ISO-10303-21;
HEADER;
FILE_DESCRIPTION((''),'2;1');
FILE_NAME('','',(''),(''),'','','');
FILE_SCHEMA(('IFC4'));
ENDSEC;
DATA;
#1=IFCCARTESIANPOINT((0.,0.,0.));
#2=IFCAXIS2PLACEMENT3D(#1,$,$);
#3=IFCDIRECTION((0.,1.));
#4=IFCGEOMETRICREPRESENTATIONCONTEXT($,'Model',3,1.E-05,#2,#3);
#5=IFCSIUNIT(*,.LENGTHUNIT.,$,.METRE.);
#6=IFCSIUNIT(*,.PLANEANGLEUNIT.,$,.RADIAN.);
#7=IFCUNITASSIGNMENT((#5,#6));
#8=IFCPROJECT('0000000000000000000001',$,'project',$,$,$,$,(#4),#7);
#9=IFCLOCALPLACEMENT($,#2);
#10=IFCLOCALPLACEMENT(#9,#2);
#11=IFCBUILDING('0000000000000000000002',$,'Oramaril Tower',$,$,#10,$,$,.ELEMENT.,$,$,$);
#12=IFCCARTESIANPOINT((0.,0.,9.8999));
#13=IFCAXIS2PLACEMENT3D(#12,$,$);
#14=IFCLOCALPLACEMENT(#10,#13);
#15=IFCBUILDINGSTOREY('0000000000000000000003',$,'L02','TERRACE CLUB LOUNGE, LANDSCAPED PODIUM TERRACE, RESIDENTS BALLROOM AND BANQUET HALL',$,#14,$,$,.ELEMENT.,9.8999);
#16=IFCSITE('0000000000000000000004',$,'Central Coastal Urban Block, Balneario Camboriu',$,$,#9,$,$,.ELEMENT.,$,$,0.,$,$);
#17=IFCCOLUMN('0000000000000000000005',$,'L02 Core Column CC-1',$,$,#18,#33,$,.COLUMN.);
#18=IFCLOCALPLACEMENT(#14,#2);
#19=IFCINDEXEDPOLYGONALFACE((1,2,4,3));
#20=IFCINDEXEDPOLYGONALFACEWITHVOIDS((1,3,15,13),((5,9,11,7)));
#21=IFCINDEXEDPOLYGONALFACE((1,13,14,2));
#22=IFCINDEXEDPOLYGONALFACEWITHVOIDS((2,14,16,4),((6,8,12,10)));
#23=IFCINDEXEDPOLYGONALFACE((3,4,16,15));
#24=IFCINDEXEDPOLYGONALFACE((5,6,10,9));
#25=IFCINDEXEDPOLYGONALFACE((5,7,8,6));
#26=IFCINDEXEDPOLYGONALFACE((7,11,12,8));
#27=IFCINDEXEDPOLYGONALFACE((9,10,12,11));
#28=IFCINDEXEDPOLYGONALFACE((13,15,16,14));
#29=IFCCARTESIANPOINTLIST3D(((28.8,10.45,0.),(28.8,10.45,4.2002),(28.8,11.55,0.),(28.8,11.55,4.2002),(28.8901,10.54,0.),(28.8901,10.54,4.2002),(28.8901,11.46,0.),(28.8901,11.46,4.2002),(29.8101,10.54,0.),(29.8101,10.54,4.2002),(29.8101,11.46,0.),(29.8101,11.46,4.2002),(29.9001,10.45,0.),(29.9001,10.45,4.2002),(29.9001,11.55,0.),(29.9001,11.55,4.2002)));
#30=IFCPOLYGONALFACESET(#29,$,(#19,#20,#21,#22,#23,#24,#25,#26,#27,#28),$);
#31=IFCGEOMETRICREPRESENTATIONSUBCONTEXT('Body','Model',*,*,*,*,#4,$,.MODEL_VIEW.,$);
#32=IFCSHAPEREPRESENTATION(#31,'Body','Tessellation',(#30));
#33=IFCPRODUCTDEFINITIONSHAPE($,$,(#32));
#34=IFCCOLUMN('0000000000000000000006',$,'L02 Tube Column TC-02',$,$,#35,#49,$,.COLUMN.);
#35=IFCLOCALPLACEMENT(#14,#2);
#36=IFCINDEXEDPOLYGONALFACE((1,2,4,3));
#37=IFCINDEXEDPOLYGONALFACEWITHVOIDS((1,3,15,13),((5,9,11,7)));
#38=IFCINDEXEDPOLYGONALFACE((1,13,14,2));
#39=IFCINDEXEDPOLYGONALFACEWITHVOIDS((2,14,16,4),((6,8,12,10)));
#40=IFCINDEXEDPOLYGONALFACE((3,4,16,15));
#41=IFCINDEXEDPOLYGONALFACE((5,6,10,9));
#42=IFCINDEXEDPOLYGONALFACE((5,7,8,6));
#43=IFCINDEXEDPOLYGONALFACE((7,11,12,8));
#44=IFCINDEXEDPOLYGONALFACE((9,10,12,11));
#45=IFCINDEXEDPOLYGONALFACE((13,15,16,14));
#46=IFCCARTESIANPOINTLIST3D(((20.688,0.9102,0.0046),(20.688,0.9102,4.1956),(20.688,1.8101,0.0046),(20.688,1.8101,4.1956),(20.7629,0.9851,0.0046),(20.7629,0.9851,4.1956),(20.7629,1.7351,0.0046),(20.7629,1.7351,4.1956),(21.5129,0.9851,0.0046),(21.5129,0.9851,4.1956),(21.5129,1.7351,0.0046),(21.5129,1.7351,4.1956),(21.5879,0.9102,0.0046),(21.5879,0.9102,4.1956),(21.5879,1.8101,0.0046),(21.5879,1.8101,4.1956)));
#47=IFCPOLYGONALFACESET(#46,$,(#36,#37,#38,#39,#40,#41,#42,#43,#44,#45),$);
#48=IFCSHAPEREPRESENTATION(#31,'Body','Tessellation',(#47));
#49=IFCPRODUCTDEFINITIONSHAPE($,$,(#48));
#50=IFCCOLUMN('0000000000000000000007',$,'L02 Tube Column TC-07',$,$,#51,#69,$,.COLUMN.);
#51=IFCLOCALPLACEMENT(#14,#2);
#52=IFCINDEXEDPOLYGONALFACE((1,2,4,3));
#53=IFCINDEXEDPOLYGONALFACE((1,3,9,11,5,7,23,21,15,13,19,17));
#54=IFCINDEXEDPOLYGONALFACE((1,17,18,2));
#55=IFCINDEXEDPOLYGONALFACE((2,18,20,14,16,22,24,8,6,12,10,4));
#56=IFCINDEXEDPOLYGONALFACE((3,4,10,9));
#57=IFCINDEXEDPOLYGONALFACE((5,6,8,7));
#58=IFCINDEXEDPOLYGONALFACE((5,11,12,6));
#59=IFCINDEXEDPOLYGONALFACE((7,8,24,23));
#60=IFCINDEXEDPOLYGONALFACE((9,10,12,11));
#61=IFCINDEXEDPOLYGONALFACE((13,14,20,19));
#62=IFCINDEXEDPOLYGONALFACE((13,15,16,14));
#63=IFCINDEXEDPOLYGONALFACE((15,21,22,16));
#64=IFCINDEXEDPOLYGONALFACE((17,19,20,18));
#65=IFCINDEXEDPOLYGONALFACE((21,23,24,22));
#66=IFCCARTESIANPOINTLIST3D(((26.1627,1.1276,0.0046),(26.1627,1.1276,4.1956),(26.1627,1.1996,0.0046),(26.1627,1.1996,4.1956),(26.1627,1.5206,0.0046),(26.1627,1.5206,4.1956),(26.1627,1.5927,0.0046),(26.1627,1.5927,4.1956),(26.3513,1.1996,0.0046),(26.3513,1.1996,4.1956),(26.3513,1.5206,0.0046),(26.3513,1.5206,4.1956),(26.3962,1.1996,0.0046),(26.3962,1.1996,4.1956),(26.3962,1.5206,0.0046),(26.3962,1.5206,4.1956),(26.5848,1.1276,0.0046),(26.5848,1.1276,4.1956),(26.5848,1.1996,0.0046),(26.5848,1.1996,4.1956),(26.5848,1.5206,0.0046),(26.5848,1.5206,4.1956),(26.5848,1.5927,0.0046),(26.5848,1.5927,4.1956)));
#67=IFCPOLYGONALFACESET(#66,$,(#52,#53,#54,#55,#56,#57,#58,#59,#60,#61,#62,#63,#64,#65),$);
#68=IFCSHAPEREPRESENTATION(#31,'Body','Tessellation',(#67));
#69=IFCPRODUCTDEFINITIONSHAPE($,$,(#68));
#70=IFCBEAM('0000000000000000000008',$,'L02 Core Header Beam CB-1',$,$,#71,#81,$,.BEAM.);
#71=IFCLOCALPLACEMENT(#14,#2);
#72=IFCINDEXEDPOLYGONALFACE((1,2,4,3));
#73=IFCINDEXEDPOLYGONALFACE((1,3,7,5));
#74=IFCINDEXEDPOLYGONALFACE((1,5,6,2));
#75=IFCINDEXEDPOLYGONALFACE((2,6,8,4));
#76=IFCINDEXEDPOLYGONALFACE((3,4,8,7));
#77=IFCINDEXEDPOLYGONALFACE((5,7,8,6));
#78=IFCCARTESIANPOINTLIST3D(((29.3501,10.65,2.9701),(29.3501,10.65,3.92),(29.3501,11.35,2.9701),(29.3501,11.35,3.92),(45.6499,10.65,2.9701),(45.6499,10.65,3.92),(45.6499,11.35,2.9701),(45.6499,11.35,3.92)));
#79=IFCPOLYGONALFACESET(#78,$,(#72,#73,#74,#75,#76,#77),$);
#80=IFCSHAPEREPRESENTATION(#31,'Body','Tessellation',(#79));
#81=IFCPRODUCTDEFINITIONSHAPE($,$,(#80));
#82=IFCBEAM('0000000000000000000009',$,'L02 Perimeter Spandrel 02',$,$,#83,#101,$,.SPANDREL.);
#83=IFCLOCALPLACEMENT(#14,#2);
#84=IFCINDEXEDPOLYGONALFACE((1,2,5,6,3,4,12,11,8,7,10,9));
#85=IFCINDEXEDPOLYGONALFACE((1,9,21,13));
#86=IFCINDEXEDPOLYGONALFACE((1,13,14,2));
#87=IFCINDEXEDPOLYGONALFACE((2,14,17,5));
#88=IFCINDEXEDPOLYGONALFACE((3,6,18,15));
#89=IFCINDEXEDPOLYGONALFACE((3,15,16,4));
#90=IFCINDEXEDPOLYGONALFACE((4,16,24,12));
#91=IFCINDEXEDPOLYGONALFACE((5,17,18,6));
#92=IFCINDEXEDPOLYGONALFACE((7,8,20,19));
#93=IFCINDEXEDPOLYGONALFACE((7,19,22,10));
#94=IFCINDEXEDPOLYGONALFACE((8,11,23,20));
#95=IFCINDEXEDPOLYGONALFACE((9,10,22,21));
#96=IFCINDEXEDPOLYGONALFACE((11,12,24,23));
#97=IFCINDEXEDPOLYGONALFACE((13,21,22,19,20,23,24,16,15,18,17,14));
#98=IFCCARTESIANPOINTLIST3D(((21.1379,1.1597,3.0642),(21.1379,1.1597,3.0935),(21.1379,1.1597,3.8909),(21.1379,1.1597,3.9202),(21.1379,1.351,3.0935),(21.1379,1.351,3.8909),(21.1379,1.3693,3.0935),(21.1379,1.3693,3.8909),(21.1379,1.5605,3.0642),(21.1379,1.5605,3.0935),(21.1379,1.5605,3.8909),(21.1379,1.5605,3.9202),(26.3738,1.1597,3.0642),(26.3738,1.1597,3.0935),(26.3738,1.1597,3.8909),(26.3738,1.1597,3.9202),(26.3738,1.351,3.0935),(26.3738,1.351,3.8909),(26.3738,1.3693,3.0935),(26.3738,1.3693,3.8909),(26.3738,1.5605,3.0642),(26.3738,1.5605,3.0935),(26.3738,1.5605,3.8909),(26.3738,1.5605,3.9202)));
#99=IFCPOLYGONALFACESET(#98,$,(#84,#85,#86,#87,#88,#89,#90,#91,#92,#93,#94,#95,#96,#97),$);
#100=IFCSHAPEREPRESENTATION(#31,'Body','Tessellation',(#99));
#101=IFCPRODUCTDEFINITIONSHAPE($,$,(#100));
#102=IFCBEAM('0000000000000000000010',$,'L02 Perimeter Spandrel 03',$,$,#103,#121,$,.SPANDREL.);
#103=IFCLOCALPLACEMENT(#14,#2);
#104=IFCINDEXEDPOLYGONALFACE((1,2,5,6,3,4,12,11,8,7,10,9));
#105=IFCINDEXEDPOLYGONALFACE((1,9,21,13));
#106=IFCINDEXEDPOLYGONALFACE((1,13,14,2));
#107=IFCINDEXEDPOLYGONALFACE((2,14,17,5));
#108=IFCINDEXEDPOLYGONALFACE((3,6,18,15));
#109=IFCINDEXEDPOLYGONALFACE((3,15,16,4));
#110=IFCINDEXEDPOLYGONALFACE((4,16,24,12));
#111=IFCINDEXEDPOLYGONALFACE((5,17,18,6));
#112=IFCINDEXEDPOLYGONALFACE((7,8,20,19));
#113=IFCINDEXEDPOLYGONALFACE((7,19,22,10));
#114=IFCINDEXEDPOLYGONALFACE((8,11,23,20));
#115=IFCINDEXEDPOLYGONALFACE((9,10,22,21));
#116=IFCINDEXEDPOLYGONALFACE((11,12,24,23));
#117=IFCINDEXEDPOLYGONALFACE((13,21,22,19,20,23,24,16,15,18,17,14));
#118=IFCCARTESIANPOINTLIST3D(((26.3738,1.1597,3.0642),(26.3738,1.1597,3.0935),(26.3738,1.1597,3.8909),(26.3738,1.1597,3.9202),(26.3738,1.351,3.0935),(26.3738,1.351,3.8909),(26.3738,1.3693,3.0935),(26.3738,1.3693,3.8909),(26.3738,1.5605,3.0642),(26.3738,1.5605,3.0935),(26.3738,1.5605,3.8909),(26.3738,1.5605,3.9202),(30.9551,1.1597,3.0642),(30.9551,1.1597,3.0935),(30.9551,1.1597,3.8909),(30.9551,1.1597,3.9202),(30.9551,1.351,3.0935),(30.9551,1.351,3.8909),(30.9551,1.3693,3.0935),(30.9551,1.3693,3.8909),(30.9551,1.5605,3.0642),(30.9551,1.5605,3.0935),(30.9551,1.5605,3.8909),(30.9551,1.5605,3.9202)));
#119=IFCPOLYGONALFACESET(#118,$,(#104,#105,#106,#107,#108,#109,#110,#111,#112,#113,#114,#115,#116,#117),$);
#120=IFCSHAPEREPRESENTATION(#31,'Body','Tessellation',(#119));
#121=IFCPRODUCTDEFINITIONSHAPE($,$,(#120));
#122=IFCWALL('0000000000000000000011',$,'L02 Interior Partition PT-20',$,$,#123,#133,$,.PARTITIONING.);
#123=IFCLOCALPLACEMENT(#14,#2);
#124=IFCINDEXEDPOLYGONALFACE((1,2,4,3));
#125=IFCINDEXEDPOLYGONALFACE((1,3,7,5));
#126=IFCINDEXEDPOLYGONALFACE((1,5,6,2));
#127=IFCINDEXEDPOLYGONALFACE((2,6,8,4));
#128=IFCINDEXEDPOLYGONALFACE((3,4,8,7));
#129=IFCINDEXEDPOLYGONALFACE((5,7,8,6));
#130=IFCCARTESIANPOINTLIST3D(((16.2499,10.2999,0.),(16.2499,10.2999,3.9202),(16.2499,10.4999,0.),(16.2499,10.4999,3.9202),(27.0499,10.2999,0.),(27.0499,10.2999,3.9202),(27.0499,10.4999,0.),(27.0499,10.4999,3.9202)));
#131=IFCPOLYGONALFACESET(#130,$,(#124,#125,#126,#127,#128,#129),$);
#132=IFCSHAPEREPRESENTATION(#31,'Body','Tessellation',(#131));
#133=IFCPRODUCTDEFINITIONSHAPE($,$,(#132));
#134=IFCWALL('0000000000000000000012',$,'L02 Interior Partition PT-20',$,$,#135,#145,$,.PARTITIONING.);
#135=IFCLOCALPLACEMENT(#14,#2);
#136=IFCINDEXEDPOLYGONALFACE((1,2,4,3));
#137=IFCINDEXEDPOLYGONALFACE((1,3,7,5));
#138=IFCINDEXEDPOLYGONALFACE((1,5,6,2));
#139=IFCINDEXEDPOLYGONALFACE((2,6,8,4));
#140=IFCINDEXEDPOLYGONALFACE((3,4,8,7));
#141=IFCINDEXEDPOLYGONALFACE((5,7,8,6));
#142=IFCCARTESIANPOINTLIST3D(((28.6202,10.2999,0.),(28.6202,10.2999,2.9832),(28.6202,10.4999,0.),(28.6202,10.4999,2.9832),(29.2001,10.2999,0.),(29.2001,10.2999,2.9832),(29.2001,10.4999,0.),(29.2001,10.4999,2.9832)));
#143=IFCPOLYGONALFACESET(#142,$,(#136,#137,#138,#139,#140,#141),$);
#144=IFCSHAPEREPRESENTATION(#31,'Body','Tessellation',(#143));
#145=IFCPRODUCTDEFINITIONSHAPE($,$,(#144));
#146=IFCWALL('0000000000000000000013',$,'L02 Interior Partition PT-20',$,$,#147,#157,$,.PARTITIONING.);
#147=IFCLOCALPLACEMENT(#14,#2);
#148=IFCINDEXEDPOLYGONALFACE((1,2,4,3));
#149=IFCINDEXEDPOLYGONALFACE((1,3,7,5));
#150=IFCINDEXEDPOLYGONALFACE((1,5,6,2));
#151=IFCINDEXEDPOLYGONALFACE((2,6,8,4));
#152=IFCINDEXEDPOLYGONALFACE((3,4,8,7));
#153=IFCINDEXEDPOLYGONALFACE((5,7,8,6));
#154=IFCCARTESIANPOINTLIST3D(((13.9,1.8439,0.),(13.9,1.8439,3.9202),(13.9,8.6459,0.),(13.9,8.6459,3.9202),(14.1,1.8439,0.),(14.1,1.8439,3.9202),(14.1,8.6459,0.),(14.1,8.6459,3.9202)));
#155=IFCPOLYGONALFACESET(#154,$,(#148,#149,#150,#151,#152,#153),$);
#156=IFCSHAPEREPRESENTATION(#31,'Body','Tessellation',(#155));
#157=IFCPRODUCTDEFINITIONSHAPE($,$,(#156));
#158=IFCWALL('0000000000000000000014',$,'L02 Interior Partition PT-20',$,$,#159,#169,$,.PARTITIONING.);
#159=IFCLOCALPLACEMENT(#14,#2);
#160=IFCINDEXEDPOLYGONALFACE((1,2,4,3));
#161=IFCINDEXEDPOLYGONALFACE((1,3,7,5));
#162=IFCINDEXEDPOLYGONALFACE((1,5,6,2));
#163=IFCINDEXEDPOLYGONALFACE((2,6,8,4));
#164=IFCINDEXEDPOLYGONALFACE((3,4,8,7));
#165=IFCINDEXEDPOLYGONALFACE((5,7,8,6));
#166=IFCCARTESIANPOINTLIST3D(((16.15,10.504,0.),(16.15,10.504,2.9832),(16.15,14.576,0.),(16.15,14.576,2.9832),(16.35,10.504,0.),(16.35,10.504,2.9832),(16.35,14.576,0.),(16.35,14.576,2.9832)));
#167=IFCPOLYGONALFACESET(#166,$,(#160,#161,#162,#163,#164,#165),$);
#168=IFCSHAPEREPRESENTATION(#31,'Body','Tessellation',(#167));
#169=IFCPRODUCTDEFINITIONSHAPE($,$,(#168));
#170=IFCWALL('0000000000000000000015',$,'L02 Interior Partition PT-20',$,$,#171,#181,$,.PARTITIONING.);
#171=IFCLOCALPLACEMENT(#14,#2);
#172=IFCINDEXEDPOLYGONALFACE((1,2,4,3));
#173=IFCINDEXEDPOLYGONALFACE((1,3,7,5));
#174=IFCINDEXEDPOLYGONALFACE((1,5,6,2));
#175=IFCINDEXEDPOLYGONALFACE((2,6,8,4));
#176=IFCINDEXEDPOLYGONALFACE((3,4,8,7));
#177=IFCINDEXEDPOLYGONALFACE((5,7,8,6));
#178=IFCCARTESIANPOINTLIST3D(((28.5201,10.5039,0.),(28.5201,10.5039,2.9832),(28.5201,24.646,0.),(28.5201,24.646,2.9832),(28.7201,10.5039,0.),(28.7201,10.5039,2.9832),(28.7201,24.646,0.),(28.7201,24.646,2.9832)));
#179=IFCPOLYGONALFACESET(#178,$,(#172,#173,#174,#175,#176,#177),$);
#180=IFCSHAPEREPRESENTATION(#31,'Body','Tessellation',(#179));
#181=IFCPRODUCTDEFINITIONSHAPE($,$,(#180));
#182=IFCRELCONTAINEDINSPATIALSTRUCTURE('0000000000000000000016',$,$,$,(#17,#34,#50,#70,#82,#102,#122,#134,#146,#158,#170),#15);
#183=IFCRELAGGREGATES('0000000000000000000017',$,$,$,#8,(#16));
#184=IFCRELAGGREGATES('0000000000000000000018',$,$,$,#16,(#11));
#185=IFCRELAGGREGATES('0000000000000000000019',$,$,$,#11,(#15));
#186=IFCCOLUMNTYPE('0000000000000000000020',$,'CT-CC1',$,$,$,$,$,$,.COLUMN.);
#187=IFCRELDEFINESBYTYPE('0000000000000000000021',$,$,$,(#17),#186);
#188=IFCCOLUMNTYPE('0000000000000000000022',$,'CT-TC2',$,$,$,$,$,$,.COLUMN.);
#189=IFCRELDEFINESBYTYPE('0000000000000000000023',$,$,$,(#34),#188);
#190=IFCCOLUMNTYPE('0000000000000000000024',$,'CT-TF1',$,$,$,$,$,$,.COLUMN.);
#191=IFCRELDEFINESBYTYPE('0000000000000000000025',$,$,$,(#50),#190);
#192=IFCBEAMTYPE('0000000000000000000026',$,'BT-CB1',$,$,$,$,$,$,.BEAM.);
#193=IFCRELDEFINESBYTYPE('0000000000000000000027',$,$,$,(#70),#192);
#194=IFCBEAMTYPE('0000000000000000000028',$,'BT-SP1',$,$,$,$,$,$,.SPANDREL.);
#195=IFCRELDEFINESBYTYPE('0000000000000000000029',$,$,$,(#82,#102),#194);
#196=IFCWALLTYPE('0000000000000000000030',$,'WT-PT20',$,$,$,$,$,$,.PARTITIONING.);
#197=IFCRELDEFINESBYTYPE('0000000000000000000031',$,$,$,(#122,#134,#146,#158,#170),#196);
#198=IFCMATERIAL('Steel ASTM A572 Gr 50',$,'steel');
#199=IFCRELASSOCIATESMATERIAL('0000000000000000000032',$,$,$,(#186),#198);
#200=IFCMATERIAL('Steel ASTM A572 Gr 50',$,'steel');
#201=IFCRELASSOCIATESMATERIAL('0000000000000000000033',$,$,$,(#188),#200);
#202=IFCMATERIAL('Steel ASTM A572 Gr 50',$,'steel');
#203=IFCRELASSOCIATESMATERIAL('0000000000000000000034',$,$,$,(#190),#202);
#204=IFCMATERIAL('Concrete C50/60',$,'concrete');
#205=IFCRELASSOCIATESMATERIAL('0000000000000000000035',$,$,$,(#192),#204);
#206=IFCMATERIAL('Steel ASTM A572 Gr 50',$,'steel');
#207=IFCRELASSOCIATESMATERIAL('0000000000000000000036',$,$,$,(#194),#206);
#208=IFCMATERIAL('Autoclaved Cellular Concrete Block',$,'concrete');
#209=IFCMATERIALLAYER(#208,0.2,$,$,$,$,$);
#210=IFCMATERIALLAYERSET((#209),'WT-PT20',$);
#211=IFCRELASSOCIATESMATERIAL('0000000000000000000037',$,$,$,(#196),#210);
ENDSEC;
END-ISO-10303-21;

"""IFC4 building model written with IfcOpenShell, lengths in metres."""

from ifc_helpers import new_model, si_unit, direction, frame, frame_2d, origin, origin_2d, place, context, subcontext, project, spatial, rectangle, hollow_rectangle, i_section, extrude, material, layer, layer_set, material_profile, profile_set, type_object, element, save


model = new_model("IFC4")

# Units and contexts
model_context = context("Model", 3, precision=1e-05, world=origin(), true_north=direction((0.0, 1.0)))
body_context = subcontext(model_context, "Body", "Model", "MODEL_VIEW")
ifc_project = project(units=[si_unit("LENGTHUNIT", "METRE"), si_unit("PLANEANGLEUNIT", "RADIAN")], contexts=[model_context])

# Site, building, storey
site_placement = place(None, origin())
site = spatial("IfcSite", under=ifc_project, at=site_placement, Name="Central Coastal Urban Block, Balneario Camboriu", CompositionType="ELEMENT", RefElevation=0.0)
building_placement = place(site_placement, origin())
building = spatial("IfcBuilding", under=site, at=building_placement, Name="Oramaril Tower", CompositionType="ELEMENT")
storey_placement = place(building_placement, frame((0.0, 0.0, 9.8999)))
storey = spatial("IfcBuildingStorey", under=building, at=storey_placement, Name="L02", Description="TERRACE CLUB LOUNGE, LANDSCAPED PODIUM TERRACE, RESIDENTS BALLROOM AND BANQUET HALL", CompositionType="ELEMENT", Elevation=9.8999)

# Columns
ifc_material_1 = material(Name="Steel ASTM A572 Gr 50", Category="steel")
ifc_material_profile_1 = material_profile(ifc_material_1, hollow_rectangle(XDim=1.1001, YDim=1.1001, WallThickness=0.0901, at=origin_2d()), Name="BOX1100X1100X90")
ifc_profile_set_1 = profile_set([ifc_material_profile_1], Name="Steel ASTM A572 Gr 50")
column_type_1 = type_object("IfcColumnType", Name="CT-CC1", PredefinedType="COLUMN", material=ifc_profile_set_1)
column_1_placement = place(storey_placement, frame((29.3501, 11.0, 0.0), z_axis=(0.0, 0.0, 1.0), x_axis=(1.0, 0.0, 0.0)))
element("IfcColumn", 1, at=column_1_placement, inside=storey, type_object=column_type_1, Name="L02 Core Column CC-1", PredefinedType="COLUMN", context=body_context, shape_type="SweptSolid", body=[
    extrude(hollow_rectangle(XDim=1.1001, YDim=1.1001, WallThickness=0.0901, at=origin_2d()), origin(), (0.0, 0.0, 1.0), 4.2002),
])
ifc_material_2 = material(Name="Steel ASTM A572 Gr 50", Category="steel")
ifc_material_profile_2 = material_profile(ifc_material_2, hollow_rectangle(XDim=0.8999, YDim=0.8999, WallThickness=0.075, at=origin_2d()), Name="BOX900X900X75")
ifc_profile_set_2 = profile_set([ifc_material_profile_2], Name="Steel ASTM A572 Gr 50")
column_type_2 = type_object("IfcColumnType", Name="CT-TC2", PredefinedType="COLUMN", material=ifc_profile_set_2)
column_2_placement = place(storey_placement, frame((21.1379, 1.3601, 0.0046), z_axis=(0.0, 0.0, 1.0), x_axis=(1.0, 0.0, 0.0)))
element("IfcColumn", 2, at=column_2_placement, inside=storey, type_object=column_type_2, Name="L02 Tube Column TC-02", PredefinedType="COLUMN", context=body_context, shape_type="SweptSolid", body=[
    extrude(hollow_rectangle(XDim=0.8999, YDim=0.8999, WallThickness=0.075, at=origin_2d()), origin(), (0.0, 0.0, 1.0), 4.1909),
])
ifc_material_3 = material(Name="Steel ASTM A572 Gr 50", Category="steel")
ifc_material_profile_3 = material_profile(ifc_material_3, i_section(OverallWidth=0.4221, OverallDepth=0.4651, WebThickness=0.0449, FlangeThickness=0.072, at=origin_2d()), Name="W14X398")
ifc_profile_set_3 = profile_set([ifc_material_profile_3], Name="Steel ASTM A572 Gr 50")
column_type_3 = type_object("IfcColumnType", Name="CT-TF1", PredefinedType="COLUMN", material=ifc_profile_set_3)
column_3_placement = place(storey_placement, frame((26.3738, 1.3601, 0.0046), z_axis=(0.0, 0.0, 1.0), x_axis=(1.0, 0.0, 0.0)))
element("IfcColumn", 3, at=column_3_placement, inside=storey, type_object=column_type_3, Name="L02 Tube Column TC-07", PredefinedType="COLUMN", context=body_context, shape_type="SweptSolid", body=[
    extrude(i_section(OverallWidth=0.4221, OverallDepth=0.4651, WebThickness=0.0449, FlangeThickness=0.072, at=origin_2d()), origin(), (0.0, 0.0, 1.0), 4.1909),
])

# Beams
ifc_material_4 = material(Name="Concrete C50/60", Category="concrete")
ifc_material_profile_4 = material_profile(ifc_material_4, rectangle(XDim=0.7, YDim=0.95, at=origin_2d()), Name="CB700X950")
ifc_profile_set_4 = profile_set([ifc_material_profile_4], Name="Concrete C50/60")
beam_type_1 = type_object("IfcBeamType", Name="BT-CB1", PredefinedType="BEAM", material=ifc_profile_set_4)
beam_1_placement = place(storey_placement, frame((29.3501, 11.0, 3.4451), z_axis=(1.0, 0.0, 0.0), x_axis=(0.0, 1.0, 0.0)))
element("IfcBeam", 4, at=beam_1_placement, inside=storey, type_object=beam_type_1, Name="L02 Core Header Beam CB-1", PredefinedType="BEAM", context=body_context, shape_type="SweptSolid", body=[
    extrude(rectangle(XDim=0.7, YDim=0.95, at=origin_2d()), origin(), (0.0, 0.0, 1.0), 16.2998),
])
ifc_material_5 = material(Name="Steel ASTM A572 Gr 50", Category="steel")
ifc_material_profile_5 = material_profile(ifc_material_5, i_section(OverallWidth=0.4009, OverallDepth=0.856, WebThickness=0.0183, FlangeThickness=0.0293, at=origin_2d()), Name="W33X201")
ifc_profile_set_5 = profile_set([ifc_material_profile_5], Name="Steel ASTM A572 Gr 50")
beam_type_2 = type_object("IfcBeamType", Name="BT-SP1", PredefinedType="SPANDREL", material=ifc_profile_set_5)
beam_2_placement = place(storey_placement, frame((21.1379, 1.3601, 3.4922), z_axis=(1.0, 0.0, 0.0), x_axis=(0.0, 1.0, 0.0)))
element("IfcBeam", 5, at=beam_2_placement, inside=storey, type_object=beam_type_2, Name="L02 Perimeter Spandrel 02", PredefinedType="SPANDREL", context=body_context, shape_type="SweptSolid", body=[
    extrude(i_section(OverallWidth=0.4009, OverallDepth=0.856, WebThickness=0.0183, FlangeThickness=0.0293, at=origin_2d()), origin(), (0.0, 0.0, 1.0), 5.2358),
])
beam_3_placement = place(storey_placement, frame((26.3738, 1.3601, 3.4922), z_axis=(1.0, 0.0, 0.0), x_axis=(0.0, 1.0, 0.0)))
element("IfcBeam", 6, at=beam_3_placement, inside=storey, type_object=beam_type_2, Name="L02 Perimeter Spandrel 03", PredefinedType="SPANDREL", context=body_context, shape_type="SweptSolid", body=[
    extrude(i_section(OverallWidth=0.4009, OverallDepth=0.856, WebThickness=0.0183, FlangeThickness=0.0293, at=origin_2d()), origin(), (0.0, 0.0, 1.0), 4.5813),
])

# Shared definitions
ifc_material_6 = material(Name="Autoclaved Cellular Concrete Block", Category="concrete")
ifc_layer_1 = layer(ifc_material_6, 0.2)
ifc_layer_set_1 = layer_set([ifc_layer_1], Name="WT-PT20")
wall_type_1 = type_object("IfcWallType", Name="WT-PT20", PredefinedType="PARTITIONING", material=ifc_layer_set_1)

# Walls
wall_1_placement = place(storey_placement, frame((16.25, 10.3999, 0.0), z_axis=(0.0, 0.0, 1.0), x_axis=(1.0, 0.0, 0.0)))
element("IfcWall", 7, at=wall_1_placement, inside=storey, type_object=wall_type_1, Name="L02 Interior Partition PT-20", PredefinedType="PARTITIONING", context=body_context, shape_type="SweptSolid", body=[
    extrude(rectangle(XDim=10.8, YDim=0.2, at=frame_2d((5.3999, 0.0))), origin(), (0.0, 0.0, 1.0), 3.9202),
])
wall_2_placement = place(storey_placement, frame((28.6201, 10.3999, 0.0), z_axis=(0.0, 0.0, 1.0), x_axis=(1.0, 0.0, 0.0)))
element("IfcWall", 8, at=wall_2_placement, inside=storey, type_object=wall_type_1, Name="L02 Interior Partition PT-20", PredefinedType="PARTITIONING", context=body_context, shape_type="SweptSolid", body=[
    extrude(rectangle(XDim=0.5798, YDim=0.2, at=frame_2d((0.29, 0.0))), origin(), (0.0, 0.0, 1.0), 2.9832),
])
wall_3_placement = place(storey_placement, frame((14.0, 1.844, 0.0), z_axis=(0.0, 0.0, 1.0), x_axis=(0.0, 1.0, 0.0)))
element("IfcWall", 9, at=wall_3_placement, inside=storey, type_object=wall_type_1, Name="L02 Interior Partition PT-20", PredefinedType="PARTITIONING", context=body_context, shape_type="SweptSolid", body=[
    extrude(rectangle(XDim=6.802, YDim=0.2, at=frame_2d((3.4009, 0.0))), origin(), (0.0, 0.0, 1.0), 3.9202),
])
wall_4_placement = place(storey_placement, frame((16.25, 10.5039, 0.0), z_axis=(0.0, 0.0, 1.0), x_axis=(0.0, 1.0, 0.0)))
element("IfcWall", 10, at=wall_4_placement, inside=storey, type_object=wall_type_1, Name="L02 Interior Partition PT-20", PredefinedType="PARTITIONING", context=body_context, shape_type="SweptSolid", body=[
    extrude(rectangle(XDim=4.072, YDim=0.2, at=frame_2d((2.0361, 0.0))), origin(), (0.0, 0.0, 1.0), 2.9832),
])

# Wall
wall_5_placement = place(storey_placement, frame((28.6201, 10.5039, 0.0), z_axis=(0.0, 0.0, 1.0), x_axis=(0.0, 1.0, 0.0)))
element("IfcWall", 11, at=wall_5_placement, inside=storey, type_object=wall_type_1, Name="L02 Interior Partition PT-20", PredefinedType="PARTITIONING", context=body_context, shape_type="SweptSolid", body=[
    extrude(rectangle(XDim=14.1421, YDim=0.2, at=frame_2d((7.071, 0.0))), origin(), (0.0, 0.0, 1.0), 2.9832),
])

save(model, "model.ifc")
